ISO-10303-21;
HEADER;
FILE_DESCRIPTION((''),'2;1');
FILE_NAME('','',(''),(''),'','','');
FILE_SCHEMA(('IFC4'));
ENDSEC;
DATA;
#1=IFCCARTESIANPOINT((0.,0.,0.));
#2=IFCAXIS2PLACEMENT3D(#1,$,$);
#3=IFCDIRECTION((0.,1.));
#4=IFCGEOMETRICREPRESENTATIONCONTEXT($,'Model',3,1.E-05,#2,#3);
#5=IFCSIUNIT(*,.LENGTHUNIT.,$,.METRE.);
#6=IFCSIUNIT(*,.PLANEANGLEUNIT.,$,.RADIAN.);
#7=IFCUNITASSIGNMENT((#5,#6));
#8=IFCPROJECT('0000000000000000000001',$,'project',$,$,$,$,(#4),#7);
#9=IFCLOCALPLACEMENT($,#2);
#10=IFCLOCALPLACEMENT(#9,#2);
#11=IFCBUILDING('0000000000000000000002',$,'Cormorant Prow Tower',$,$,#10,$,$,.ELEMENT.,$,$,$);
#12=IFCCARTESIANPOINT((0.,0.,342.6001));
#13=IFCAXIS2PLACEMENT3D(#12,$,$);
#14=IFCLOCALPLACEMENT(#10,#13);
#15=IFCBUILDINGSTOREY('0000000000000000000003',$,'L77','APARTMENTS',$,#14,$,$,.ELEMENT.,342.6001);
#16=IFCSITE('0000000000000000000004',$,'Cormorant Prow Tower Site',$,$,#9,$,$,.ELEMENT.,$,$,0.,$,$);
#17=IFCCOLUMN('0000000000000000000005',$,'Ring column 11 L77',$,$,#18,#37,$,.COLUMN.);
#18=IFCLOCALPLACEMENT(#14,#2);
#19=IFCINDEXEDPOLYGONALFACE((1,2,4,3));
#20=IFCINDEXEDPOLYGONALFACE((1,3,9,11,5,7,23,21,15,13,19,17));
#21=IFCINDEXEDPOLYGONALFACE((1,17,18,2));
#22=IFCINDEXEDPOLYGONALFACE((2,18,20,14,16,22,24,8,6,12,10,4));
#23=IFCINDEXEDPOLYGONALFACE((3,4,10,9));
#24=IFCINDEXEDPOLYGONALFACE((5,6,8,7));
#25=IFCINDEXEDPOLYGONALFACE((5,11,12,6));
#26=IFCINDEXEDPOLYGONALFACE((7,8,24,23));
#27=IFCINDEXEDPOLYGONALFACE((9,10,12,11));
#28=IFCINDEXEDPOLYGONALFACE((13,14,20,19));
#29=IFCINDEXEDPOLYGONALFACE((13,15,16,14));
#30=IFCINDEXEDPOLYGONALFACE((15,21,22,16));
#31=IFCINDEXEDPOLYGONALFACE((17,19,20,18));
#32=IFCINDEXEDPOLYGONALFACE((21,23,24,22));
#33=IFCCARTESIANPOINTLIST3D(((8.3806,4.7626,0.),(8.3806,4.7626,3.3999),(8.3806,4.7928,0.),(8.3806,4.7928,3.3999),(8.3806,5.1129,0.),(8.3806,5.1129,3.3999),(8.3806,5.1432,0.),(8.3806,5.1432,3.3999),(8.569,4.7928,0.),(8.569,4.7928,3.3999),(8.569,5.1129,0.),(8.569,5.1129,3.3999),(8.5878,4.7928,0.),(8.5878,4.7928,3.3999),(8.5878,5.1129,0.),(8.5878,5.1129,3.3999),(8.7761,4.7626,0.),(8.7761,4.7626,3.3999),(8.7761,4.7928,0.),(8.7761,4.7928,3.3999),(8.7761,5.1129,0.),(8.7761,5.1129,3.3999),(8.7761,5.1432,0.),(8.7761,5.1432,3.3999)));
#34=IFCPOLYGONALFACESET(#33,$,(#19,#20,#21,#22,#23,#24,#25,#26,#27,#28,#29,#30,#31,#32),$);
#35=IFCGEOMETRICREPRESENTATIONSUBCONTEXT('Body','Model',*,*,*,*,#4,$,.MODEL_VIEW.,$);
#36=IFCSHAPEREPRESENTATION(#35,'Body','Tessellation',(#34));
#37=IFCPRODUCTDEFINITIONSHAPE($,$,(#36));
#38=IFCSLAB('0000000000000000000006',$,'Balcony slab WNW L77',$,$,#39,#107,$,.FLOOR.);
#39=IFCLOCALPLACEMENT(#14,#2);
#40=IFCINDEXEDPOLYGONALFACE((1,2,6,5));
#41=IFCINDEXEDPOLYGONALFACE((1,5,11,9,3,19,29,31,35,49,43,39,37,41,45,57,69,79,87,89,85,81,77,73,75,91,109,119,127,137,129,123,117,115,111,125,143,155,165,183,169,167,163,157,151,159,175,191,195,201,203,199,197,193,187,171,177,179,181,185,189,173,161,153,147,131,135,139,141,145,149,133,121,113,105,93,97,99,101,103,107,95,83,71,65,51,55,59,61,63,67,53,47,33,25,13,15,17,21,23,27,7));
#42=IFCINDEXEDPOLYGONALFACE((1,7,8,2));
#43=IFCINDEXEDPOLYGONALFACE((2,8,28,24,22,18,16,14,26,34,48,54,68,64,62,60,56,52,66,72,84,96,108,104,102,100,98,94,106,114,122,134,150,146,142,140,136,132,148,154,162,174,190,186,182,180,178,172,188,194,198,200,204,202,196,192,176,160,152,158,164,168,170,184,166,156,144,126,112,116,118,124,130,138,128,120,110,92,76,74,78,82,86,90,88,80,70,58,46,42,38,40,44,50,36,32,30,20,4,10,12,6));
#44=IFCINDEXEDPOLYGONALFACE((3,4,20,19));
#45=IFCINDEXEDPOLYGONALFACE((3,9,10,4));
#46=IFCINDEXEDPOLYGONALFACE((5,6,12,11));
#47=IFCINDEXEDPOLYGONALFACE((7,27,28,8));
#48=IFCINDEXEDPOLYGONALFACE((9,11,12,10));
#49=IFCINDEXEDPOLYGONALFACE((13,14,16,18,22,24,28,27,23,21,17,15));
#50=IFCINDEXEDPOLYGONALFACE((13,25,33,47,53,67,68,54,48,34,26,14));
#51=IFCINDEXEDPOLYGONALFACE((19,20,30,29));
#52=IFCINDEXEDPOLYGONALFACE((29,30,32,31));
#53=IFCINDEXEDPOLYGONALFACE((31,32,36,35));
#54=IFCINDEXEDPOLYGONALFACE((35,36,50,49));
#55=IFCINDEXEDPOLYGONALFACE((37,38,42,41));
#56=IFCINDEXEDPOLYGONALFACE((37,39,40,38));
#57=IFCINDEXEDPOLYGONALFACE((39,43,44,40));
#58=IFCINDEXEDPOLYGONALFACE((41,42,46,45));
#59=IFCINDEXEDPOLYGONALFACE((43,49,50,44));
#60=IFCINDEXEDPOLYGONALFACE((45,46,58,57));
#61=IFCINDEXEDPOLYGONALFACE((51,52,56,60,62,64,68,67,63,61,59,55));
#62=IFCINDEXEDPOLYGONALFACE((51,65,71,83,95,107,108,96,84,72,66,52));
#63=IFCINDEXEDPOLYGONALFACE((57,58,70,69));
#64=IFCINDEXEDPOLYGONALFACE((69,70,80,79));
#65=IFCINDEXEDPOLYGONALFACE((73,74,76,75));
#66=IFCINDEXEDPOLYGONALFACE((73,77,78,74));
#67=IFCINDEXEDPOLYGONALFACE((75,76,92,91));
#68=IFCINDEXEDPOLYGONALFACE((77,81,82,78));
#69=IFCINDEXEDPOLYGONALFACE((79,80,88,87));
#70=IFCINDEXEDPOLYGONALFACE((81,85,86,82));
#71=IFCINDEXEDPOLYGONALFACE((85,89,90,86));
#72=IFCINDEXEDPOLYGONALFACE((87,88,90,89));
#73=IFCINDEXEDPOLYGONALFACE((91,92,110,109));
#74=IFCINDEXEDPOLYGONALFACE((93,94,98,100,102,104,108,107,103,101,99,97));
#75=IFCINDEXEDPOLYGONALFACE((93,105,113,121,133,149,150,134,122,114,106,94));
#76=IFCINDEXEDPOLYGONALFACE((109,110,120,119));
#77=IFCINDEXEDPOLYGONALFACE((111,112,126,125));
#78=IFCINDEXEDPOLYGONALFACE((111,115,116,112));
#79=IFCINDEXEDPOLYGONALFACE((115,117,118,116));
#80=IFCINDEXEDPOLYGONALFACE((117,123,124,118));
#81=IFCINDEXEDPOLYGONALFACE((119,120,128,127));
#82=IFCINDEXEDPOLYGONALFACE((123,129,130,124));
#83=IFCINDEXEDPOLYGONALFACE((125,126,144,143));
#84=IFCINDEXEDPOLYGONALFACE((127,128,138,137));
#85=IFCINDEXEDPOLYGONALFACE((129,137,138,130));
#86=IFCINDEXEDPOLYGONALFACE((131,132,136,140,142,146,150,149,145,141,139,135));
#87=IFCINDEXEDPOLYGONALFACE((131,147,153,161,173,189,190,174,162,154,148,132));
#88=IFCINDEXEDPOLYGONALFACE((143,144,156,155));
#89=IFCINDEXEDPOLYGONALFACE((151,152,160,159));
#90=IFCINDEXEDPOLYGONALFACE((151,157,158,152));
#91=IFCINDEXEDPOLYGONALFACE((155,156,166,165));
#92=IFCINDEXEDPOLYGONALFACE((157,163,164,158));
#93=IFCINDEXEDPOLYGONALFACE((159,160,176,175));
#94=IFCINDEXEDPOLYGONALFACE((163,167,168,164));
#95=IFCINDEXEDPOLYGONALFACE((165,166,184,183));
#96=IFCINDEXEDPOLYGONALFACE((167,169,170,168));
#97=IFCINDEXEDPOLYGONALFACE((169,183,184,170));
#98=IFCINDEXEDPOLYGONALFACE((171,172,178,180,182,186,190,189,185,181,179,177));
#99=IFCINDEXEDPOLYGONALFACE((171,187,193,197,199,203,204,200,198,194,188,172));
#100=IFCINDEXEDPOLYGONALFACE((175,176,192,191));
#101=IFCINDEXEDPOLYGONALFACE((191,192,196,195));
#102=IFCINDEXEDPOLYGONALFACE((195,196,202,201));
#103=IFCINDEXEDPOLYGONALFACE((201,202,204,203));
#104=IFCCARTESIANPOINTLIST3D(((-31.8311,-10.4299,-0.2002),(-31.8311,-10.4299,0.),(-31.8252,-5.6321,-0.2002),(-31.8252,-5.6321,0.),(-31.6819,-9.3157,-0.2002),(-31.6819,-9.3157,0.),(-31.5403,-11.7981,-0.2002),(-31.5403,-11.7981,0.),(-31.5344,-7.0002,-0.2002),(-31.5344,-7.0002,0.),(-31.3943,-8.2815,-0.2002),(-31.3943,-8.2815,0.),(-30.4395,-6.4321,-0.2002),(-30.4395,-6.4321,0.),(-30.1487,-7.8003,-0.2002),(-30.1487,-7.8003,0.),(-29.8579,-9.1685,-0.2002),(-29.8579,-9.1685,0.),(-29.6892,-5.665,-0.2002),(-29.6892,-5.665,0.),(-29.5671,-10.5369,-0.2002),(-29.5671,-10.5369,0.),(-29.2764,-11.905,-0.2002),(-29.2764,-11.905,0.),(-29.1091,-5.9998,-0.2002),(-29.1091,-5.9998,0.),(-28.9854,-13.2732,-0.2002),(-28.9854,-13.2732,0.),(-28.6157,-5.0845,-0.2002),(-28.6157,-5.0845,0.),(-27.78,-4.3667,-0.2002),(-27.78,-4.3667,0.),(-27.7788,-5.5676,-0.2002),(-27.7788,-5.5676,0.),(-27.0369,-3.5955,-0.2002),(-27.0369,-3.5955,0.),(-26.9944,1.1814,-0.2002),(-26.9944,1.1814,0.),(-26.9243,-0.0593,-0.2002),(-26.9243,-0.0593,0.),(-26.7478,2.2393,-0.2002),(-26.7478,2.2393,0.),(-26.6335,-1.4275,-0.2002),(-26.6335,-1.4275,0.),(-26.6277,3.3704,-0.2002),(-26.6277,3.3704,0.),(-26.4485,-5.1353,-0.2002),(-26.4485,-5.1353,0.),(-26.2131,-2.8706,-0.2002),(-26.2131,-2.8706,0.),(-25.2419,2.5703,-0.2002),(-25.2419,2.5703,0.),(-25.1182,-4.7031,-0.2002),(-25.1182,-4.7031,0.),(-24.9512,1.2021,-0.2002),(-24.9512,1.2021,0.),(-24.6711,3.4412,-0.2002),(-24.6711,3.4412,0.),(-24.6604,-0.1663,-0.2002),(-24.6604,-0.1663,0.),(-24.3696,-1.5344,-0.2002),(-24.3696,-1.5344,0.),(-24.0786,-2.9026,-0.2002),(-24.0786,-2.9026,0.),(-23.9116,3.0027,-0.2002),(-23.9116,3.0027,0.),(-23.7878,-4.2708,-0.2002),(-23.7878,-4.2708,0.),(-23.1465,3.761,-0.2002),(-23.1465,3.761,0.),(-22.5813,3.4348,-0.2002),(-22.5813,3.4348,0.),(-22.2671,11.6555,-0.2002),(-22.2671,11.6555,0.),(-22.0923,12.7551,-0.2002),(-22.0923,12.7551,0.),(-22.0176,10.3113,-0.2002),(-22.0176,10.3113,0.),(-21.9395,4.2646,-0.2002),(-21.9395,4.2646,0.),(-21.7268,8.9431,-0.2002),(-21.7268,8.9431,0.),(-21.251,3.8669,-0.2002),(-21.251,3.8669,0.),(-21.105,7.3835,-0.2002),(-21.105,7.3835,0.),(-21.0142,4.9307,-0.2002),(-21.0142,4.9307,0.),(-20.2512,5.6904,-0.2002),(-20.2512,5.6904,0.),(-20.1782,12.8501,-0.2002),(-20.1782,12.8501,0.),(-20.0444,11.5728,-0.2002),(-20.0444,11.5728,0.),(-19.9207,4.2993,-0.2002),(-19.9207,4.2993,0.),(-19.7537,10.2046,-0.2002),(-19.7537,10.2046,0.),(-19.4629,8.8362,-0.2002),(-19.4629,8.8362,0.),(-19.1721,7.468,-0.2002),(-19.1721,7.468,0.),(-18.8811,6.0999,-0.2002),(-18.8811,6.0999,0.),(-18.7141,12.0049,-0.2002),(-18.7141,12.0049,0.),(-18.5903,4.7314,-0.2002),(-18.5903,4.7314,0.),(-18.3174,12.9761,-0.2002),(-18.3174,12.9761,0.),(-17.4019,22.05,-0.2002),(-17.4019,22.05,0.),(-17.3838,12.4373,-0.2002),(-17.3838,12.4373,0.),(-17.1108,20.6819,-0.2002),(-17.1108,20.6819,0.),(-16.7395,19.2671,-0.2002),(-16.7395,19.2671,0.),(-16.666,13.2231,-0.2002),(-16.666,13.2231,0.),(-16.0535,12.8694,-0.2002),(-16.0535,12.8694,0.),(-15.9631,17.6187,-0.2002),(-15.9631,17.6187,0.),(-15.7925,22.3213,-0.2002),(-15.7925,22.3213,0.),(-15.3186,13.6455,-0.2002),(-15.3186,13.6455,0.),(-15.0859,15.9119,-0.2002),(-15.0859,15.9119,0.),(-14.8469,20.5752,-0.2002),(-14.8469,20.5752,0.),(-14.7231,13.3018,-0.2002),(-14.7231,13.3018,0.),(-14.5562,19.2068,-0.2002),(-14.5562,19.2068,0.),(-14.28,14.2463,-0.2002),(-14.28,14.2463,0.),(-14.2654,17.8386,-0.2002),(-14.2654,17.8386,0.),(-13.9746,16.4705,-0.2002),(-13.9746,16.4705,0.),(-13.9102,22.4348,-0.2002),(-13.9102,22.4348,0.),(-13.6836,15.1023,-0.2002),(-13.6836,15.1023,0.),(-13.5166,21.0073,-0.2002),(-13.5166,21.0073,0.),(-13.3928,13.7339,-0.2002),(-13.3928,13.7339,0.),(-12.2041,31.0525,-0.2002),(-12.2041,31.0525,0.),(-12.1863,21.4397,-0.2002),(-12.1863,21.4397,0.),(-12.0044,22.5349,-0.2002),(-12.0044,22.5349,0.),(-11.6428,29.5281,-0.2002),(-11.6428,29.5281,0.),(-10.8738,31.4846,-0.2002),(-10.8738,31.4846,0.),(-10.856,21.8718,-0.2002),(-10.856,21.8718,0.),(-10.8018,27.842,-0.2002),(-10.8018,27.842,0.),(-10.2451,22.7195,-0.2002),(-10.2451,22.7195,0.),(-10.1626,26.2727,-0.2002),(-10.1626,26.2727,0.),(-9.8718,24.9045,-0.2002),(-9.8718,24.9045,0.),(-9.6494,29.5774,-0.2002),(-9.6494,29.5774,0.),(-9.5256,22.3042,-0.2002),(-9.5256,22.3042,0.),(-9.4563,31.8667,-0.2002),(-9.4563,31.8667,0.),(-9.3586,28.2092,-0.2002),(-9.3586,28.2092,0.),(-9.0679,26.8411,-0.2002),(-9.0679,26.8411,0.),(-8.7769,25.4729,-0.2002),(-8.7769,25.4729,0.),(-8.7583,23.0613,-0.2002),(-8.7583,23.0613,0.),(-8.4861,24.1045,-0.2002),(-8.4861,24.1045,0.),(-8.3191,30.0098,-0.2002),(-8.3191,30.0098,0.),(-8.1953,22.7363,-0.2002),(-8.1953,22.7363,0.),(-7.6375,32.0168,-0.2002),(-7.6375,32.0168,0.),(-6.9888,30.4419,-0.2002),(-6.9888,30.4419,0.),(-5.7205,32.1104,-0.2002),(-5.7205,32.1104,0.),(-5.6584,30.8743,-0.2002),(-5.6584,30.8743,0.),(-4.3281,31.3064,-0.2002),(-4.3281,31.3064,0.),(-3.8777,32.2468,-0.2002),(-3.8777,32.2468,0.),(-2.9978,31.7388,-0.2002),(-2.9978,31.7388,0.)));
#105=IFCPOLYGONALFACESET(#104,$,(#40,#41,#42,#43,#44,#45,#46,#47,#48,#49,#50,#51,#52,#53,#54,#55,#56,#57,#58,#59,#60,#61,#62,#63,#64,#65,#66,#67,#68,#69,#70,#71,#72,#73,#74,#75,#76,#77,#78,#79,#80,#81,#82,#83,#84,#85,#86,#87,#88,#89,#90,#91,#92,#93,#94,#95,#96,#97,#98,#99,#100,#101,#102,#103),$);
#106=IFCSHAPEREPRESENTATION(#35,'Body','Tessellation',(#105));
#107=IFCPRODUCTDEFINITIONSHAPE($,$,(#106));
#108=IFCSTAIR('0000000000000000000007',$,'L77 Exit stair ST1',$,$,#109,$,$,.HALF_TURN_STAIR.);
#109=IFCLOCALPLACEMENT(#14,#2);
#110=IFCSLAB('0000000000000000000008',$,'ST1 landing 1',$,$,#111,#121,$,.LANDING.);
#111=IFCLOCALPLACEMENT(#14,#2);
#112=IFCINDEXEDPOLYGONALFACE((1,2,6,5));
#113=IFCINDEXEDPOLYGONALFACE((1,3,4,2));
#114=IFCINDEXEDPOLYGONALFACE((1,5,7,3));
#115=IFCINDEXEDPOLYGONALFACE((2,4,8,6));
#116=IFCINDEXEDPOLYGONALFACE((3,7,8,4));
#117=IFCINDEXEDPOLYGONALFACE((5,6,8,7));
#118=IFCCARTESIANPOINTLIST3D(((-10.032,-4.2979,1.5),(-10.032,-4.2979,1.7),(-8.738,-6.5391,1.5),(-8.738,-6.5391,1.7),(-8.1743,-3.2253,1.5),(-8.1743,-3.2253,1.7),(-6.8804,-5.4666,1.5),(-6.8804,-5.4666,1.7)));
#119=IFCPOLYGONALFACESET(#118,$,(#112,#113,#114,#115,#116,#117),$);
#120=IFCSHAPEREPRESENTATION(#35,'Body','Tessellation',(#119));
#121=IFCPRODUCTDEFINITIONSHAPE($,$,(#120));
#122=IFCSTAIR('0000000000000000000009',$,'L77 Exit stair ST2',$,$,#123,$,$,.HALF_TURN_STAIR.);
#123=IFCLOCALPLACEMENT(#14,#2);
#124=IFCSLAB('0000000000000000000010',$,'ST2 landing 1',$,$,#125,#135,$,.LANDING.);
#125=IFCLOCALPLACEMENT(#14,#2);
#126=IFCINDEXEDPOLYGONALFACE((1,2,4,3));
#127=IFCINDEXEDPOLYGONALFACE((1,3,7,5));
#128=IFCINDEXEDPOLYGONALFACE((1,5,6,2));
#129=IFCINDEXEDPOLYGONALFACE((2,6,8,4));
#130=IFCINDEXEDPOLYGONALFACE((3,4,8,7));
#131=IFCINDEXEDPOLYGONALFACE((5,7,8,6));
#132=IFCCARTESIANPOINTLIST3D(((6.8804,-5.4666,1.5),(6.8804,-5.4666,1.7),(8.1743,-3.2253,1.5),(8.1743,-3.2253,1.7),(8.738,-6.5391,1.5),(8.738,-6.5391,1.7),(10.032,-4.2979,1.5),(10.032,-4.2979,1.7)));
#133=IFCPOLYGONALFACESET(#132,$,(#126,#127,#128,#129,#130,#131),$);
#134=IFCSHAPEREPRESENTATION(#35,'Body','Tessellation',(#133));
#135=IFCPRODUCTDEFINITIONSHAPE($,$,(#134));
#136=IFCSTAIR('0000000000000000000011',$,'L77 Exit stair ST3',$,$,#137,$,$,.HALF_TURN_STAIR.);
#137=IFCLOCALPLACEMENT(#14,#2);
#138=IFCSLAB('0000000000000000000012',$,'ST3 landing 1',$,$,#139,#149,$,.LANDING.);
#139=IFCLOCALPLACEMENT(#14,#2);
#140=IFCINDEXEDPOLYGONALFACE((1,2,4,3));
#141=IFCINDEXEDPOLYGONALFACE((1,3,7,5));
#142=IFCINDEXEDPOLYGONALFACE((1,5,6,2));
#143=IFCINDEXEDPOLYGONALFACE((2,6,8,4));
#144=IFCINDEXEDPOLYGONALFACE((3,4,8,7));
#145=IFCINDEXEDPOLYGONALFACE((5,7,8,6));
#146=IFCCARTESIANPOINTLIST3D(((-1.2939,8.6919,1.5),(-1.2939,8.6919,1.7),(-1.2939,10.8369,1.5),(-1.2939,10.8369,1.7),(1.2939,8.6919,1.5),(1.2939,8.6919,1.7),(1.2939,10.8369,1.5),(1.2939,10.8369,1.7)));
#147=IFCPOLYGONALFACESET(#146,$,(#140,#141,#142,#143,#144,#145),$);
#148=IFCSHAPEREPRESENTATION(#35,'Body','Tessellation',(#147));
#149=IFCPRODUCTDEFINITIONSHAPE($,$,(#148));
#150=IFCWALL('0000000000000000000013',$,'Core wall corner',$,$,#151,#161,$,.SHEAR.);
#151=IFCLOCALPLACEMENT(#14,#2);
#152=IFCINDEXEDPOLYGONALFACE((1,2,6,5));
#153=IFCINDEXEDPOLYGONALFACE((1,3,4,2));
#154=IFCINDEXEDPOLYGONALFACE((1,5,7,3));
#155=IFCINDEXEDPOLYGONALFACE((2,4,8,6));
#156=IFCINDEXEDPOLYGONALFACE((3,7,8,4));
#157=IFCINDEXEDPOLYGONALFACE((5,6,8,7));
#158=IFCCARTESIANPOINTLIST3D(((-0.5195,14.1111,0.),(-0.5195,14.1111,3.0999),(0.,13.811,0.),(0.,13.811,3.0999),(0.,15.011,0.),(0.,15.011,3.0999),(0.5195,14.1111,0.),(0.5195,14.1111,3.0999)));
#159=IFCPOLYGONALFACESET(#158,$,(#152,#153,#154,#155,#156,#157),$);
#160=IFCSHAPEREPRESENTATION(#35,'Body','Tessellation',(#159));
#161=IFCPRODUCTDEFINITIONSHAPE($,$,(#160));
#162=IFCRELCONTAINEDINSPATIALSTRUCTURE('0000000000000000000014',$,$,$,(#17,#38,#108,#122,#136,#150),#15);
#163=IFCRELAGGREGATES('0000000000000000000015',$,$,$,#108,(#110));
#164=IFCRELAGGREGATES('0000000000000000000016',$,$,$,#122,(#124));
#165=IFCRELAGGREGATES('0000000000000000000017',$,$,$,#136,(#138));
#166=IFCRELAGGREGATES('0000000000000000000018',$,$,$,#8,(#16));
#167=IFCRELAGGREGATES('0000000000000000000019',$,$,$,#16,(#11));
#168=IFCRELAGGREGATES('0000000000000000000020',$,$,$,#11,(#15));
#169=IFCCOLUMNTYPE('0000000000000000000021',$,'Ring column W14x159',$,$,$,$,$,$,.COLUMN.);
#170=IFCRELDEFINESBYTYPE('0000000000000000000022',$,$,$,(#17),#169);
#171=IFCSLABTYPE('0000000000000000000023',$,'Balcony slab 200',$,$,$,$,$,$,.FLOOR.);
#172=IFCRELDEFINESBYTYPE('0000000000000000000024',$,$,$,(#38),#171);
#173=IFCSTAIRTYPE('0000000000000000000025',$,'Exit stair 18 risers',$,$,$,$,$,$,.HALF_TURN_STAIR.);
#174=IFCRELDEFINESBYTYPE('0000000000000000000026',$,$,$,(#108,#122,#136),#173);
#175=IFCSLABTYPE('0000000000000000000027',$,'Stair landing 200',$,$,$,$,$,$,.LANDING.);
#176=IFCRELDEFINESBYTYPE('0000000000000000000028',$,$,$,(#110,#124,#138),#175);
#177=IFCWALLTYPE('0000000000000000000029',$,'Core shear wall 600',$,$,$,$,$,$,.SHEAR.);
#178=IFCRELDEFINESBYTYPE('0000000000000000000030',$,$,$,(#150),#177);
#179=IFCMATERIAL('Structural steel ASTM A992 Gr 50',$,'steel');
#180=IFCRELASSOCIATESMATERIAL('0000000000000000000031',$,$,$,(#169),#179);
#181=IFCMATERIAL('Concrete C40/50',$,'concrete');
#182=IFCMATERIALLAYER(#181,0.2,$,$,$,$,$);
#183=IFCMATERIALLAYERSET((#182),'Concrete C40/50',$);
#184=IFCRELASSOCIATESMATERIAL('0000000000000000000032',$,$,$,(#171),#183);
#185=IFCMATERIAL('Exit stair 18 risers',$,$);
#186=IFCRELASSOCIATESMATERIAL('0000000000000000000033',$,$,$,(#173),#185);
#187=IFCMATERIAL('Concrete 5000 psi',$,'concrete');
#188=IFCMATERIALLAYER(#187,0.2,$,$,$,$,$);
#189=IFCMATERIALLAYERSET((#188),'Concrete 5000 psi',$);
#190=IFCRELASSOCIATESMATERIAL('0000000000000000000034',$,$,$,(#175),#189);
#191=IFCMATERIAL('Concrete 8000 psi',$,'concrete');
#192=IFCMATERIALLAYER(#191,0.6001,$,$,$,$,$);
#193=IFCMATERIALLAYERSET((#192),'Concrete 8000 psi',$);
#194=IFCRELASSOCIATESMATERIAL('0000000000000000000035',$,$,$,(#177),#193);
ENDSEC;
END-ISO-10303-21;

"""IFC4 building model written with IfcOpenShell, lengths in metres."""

from ifc_helpers import new_model, si_unit, direction, frame, origin, origin_2d, place, context, subcontext, project, spatial, polyline, i_section, outline, extrude, material, layer, layer_set, material_profile, profile_set, type_object, element, aggregate, save


model = new_model("IFC4")

# Units and contexts
model_context = context("Model", 3, precision=1e-05, world=origin(), true_north=direction((0.0, 1.0)))
body_context = subcontext(model_context, "Body", "Model", "MODEL_VIEW")
ifc_project = project(units=[si_unit("LENGTHUNIT", "METRE"), si_unit("PLANEANGLEUNIT", "RADIAN")], contexts=[model_context])

# Site, building, storey
site_placement = place(None, origin())
site = spatial("IfcSite", under=ifc_project, at=site_placement, Name="Cormorant Prow Tower Site", CompositionType="ELEMENT", RefElevation=0.0)
building_placement = place(site_placement, origin())
building = spatial("IfcBuilding", under=site, at=building_placement, Name="Cormorant Prow Tower", CompositionType="ELEMENT")
storey_placement = place(building_placement, frame((0.0, 0.0, 342.6001)))
storey = spatial("IfcBuildingStorey", under=building, at=storey_placement, Name="L77", Description="APARTMENTS", CompositionType="ELEMENT", Elevation=342.6001)

# Column
ifc_material_1 = material(Name="Structural steel ASTM A992 Gr 50", Category="steel")
ifc_material_profile = material_profile(ifc_material_1, i_section(OverallWidth=0.3955, OverallDepth=0.3806, WebThickness=0.0188, FlangeThickness=0.0303, at=origin_2d()), Name="W14x159")
ifc_profile_set = profile_set([ifc_material_profile], Name="Structural steel ASTM A992 Gr 50")
column_type = type_object("IfcColumnType", Name="Ring column W14x159", PredefinedType="COLUMN", material=ifc_profile_set)
column_placement = place(storey_placement, frame((8.5784, 4.9529, 0.0), z_axis=(0.0, 0.0, 1.0), x_axis=(1.0, 0.0, 0.0)))
element("IfcColumn", 1, at=column_placement, inside=storey, type_object=column_type, Name="Ring column 11 L77", PredefinedType="COLUMN", context=body_context, shape_type="SweptSolid", body=[
    extrude(i_section(OverallWidth=0.3955, OverallDepth=0.3806, WebThickness=0.0188, FlangeThickness=0.0303, at=origin_2d()), origin(), (0.0, 0.0, 1.0), 3.3999),
])

# Slab
ifc_material_2 = material(Name="Concrete C40/50", Category="concrete")
ifc_layer_1 = layer(ifc_material_2, 0.2)
ifc_layer_set_1 = layer_set([ifc_layer_1], Name="Concrete C40/50")
slab_type_1 = type_object("IfcSlabType", Name="Balcony slab 200", PredefinedType="FLOOR", material=ifc_layer_set_1)
slab_1_placement = place(storey_placement, frame((0.0, 0.0, -0.2002)))
element("IfcSlab", 2, at=slab_1_placement, inside=storey, type_object=slab_type_1, Name="Balcony slab WNW L77", PredefinedType="FLOOR", context=body_context, shape_type="SweptSolid", body=[
    extrude(outline(polyline([(-2.9978, 31.7388), (-3.8777, 32.2468), (-5.7205, 32.1104), (-7.6375, 32.0168), (-9.4563, 31.8667), (-10.8738, 31.4846), (-12.2041, 31.0525), (-11.6428, 29.5281), (-10.8018, 27.842), (-10.1626, 26.2727), (-9.8718, 24.9045), (-8.7583, 23.0613), (-10.2451, 22.7195), (-12.0044, 22.5349), (-13.9102, 22.4348), (-15.7925, 22.3213), (-17.4019, 22.05), (-17.1108, 20.6819), (-16.7395, 19.2671), (-15.9631, 17.6187), (-15.0859, 15.9119), (-14.28, 14.2463), (-15.3186, 13.6455), (-16.666, 13.2231), (-18.3174, 12.9761), (-20.1782, 12.8501), (-22.0923, 12.7551), (-22.2671, 11.6555), (-22.0176, 10.3113), (-21.7268, 8.9431), (-21.105, 7.3835), (-20.2512, 5.6904), (-21.0142, 4.9307), (-21.9395, 4.2646), (-23.1465, 3.761), (-24.6711, 3.4412), (-26.6277, 3.3704), (-26.7478, 2.2393), (-26.9944, 1.1814), (-26.9243, -0.0593), (-26.6335, -1.4275), (-26.2131, -2.8706), (-27.0369, -3.5955), (-27.78, -4.3667), (-28.6157, -5.0845), (-29.6892, -5.665), (-31.8252, -5.6321), (-31.5344, -7.0002), (-31.3943, -8.2815), (-31.6819, -9.3157), (-31.8311, -10.4299), (-31.5403, -11.7981), (-28.9854, -13.2732), (-29.2764, -11.905), (-29.5671, -10.5369), (-29.8579, -9.1685), (-30.1487, -7.8003), (-30.4395, -6.4321), (-29.1091, -5.9998), (-27.7788, -5.5676), (-26.4485, -5.1353), (-25.1182, -4.7031), (-23.7878, -4.2708), (-24.0786, -2.9026), (-24.3696, -1.5344), (-24.6604, -0.1663), (-24.9512, 1.2021), (-25.2419, 2.5703), (-23.9116, 3.0027), (-22.5813, 3.4348), (-21.251, 3.8669), (-19.9207, 4.2993), (-18.5903, 4.7314), (-18.8811, 6.0999), (-19.1721, 7.468), (-19.4629, 8.8362), (-19.7537, 10.2046), (-20.0444, 11.5728), (-18.7141, 12.0049), (-17.3838, 12.4373), (-16.0535, 12.8694), (-14.7231, 13.3018), (-13.3928, 13.7339), (-13.6836, 15.1023), (-13.9746, 16.4705), (-14.2654, 17.8386), (-14.5562, 19.2068), (-14.8469, 20.5752), (-13.5166, 21.0073), (-12.1863, 21.4397), (-10.856, 21.8718), (-9.5256, 22.3042), (-8.1953, 22.7363), (-8.4861, 24.1045), (-8.7769, 25.4729), (-9.0679, 26.8411), (-9.3586, 28.2092), (-9.6494, 29.5774), (-8.3191, 30.0098), (-6.9888, 30.4419), (-5.6584, 30.8743), (-4.3281, 31.3064), (-2.9978, 31.7388)])), origin(), (0.0, 0.0, 1.0), 0.2002),
])

# Stairs, slabs
ifc_material_3 = material(Name="Exit stair 18 risers")
stair_type = type_object("IfcStairType", Name="Exit stair 18 risers", PredefinedType="HALF_TURN_STAIR", material=ifc_material_3)
stair_1_placement = place(storey_placement, origin())
stair_1 = element("IfcStair", 3, at=stair_1_placement, inside=storey, type_object=stair_type, Name="L77 Exit stair ST1", PredefinedType="HALF_TURN_STAIR")
ifc_material_4 = material(Name="Concrete 5000 psi", Category="concrete")
ifc_layer_2 = layer(ifc_material_4, 0.2)
ifc_layer_set_2 = layer_set([ifc_layer_2], Name="Concrete 5000 psi")
slab_type_2 = type_object("IfcSlabType", Name="Stair landing 200", PredefinedType="LANDING", material=ifc_layer_set_2)
slab_2_placement = place(storey_placement, frame((0.0, 0.0, 1.5)))
slab_2 = element("IfcSlab", 4, at=slab_2_placement, type_object=slab_type_2, Name="ST1 landing 1", PredefinedType="LANDING", context=body_context, shape_type="SweptSolid", body=[
    extrude(outline(polyline([(-8.1743, -3.2253), (-10.032, -4.2979), (-8.738, -6.5391), (-6.8804, -5.4666), (-8.1743, -3.2253)])), origin(), (0.0, 0.0, 1.0), 0.2),
])
aggregate(stair_1, [slab_2])
stair_2_placement = place(storey_placement, origin())
stair_2 = element("IfcStair", 5, at=stair_2_placement, inside=storey, type_object=stair_type, Name="L77 Exit stair ST2", PredefinedType="HALF_TURN_STAIR")
slab_3_placement = place(storey_placement, frame((0.0, 0.0, 1.5)))
slab_3 = element("IfcSlab", 6, at=slab_3_placement, type_object=slab_type_2, Name="ST2 landing 1", PredefinedType="LANDING", context=body_context, shape_type="SweptSolid", body=[
    extrude(outline(polyline([(6.8804, -5.4666), (8.738, -6.5391), (10.032, -4.2979), (8.1743, -3.2253), (6.8804, -5.4666)])), origin(), (0.0, 0.0, 1.0), 0.2),
])
aggregate(stair_2, [slab_3])
stair_3_placement = place(storey_placement, origin())
stair_3 = element("IfcStair", 7, at=stair_3_placement, inside=storey, type_object=stair_type, Name="L77 Exit stair ST3", PredefinedType="HALF_TURN_STAIR")
slab_4_placement = place(storey_placement, frame((0.0, 0.0, 1.5)))
slab_4 = element("IfcSlab", 8, at=slab_4_placement, type_object=slab_type_2, Name="ST3 landing 1", PredefinedType="LANDING", context=body_context, shape_type="SweptSolid", body=[
    extrude(outline(polyline([(1.2939, 8.6919), (1.2939, 10.8369), (-1.2939, 10.8369), (-1.2939, 8.6919), (1.2939, 8.6919)])), origin(), (0.0, 0.0, 1.0), 0.2),
])

# Wall
ifc_material_5 = material(Name="Concrete 8000 psi", Category="concrete")
ifc_layer_3 = layer(ifc_material_5, 0.6001)
ifc_layer_set_3 = layer_set([ifc_layer_3], Name="Concrete 8000 psi")
wall_type_1 = type_object("IfcWallType", Name="Core shear wall 600", PredefinedType="SHEAR", material=ifc_layer_set_3)
wall_1_placement = place(storey_placement, origin())
element("IfcWall", 9, at=wall_1_placement, inside=storey, type_object=wall_type_1, Name="Core wall corner", PredefinedType="SHEAR", context=body_context, shape_type="SweptSolid", body=[
    extrude(outline(polyline([(0.0, 13.811), (-0.5195, 14.1111), (0.0, 15.011), (0.5195, 14.1111), (0.0, 13.811)])), origin(), (0.0, 0.0, 1.0), 3.0999),
])

aggregate(stair_3, [slab_4])

save(model, "model.ifc")
